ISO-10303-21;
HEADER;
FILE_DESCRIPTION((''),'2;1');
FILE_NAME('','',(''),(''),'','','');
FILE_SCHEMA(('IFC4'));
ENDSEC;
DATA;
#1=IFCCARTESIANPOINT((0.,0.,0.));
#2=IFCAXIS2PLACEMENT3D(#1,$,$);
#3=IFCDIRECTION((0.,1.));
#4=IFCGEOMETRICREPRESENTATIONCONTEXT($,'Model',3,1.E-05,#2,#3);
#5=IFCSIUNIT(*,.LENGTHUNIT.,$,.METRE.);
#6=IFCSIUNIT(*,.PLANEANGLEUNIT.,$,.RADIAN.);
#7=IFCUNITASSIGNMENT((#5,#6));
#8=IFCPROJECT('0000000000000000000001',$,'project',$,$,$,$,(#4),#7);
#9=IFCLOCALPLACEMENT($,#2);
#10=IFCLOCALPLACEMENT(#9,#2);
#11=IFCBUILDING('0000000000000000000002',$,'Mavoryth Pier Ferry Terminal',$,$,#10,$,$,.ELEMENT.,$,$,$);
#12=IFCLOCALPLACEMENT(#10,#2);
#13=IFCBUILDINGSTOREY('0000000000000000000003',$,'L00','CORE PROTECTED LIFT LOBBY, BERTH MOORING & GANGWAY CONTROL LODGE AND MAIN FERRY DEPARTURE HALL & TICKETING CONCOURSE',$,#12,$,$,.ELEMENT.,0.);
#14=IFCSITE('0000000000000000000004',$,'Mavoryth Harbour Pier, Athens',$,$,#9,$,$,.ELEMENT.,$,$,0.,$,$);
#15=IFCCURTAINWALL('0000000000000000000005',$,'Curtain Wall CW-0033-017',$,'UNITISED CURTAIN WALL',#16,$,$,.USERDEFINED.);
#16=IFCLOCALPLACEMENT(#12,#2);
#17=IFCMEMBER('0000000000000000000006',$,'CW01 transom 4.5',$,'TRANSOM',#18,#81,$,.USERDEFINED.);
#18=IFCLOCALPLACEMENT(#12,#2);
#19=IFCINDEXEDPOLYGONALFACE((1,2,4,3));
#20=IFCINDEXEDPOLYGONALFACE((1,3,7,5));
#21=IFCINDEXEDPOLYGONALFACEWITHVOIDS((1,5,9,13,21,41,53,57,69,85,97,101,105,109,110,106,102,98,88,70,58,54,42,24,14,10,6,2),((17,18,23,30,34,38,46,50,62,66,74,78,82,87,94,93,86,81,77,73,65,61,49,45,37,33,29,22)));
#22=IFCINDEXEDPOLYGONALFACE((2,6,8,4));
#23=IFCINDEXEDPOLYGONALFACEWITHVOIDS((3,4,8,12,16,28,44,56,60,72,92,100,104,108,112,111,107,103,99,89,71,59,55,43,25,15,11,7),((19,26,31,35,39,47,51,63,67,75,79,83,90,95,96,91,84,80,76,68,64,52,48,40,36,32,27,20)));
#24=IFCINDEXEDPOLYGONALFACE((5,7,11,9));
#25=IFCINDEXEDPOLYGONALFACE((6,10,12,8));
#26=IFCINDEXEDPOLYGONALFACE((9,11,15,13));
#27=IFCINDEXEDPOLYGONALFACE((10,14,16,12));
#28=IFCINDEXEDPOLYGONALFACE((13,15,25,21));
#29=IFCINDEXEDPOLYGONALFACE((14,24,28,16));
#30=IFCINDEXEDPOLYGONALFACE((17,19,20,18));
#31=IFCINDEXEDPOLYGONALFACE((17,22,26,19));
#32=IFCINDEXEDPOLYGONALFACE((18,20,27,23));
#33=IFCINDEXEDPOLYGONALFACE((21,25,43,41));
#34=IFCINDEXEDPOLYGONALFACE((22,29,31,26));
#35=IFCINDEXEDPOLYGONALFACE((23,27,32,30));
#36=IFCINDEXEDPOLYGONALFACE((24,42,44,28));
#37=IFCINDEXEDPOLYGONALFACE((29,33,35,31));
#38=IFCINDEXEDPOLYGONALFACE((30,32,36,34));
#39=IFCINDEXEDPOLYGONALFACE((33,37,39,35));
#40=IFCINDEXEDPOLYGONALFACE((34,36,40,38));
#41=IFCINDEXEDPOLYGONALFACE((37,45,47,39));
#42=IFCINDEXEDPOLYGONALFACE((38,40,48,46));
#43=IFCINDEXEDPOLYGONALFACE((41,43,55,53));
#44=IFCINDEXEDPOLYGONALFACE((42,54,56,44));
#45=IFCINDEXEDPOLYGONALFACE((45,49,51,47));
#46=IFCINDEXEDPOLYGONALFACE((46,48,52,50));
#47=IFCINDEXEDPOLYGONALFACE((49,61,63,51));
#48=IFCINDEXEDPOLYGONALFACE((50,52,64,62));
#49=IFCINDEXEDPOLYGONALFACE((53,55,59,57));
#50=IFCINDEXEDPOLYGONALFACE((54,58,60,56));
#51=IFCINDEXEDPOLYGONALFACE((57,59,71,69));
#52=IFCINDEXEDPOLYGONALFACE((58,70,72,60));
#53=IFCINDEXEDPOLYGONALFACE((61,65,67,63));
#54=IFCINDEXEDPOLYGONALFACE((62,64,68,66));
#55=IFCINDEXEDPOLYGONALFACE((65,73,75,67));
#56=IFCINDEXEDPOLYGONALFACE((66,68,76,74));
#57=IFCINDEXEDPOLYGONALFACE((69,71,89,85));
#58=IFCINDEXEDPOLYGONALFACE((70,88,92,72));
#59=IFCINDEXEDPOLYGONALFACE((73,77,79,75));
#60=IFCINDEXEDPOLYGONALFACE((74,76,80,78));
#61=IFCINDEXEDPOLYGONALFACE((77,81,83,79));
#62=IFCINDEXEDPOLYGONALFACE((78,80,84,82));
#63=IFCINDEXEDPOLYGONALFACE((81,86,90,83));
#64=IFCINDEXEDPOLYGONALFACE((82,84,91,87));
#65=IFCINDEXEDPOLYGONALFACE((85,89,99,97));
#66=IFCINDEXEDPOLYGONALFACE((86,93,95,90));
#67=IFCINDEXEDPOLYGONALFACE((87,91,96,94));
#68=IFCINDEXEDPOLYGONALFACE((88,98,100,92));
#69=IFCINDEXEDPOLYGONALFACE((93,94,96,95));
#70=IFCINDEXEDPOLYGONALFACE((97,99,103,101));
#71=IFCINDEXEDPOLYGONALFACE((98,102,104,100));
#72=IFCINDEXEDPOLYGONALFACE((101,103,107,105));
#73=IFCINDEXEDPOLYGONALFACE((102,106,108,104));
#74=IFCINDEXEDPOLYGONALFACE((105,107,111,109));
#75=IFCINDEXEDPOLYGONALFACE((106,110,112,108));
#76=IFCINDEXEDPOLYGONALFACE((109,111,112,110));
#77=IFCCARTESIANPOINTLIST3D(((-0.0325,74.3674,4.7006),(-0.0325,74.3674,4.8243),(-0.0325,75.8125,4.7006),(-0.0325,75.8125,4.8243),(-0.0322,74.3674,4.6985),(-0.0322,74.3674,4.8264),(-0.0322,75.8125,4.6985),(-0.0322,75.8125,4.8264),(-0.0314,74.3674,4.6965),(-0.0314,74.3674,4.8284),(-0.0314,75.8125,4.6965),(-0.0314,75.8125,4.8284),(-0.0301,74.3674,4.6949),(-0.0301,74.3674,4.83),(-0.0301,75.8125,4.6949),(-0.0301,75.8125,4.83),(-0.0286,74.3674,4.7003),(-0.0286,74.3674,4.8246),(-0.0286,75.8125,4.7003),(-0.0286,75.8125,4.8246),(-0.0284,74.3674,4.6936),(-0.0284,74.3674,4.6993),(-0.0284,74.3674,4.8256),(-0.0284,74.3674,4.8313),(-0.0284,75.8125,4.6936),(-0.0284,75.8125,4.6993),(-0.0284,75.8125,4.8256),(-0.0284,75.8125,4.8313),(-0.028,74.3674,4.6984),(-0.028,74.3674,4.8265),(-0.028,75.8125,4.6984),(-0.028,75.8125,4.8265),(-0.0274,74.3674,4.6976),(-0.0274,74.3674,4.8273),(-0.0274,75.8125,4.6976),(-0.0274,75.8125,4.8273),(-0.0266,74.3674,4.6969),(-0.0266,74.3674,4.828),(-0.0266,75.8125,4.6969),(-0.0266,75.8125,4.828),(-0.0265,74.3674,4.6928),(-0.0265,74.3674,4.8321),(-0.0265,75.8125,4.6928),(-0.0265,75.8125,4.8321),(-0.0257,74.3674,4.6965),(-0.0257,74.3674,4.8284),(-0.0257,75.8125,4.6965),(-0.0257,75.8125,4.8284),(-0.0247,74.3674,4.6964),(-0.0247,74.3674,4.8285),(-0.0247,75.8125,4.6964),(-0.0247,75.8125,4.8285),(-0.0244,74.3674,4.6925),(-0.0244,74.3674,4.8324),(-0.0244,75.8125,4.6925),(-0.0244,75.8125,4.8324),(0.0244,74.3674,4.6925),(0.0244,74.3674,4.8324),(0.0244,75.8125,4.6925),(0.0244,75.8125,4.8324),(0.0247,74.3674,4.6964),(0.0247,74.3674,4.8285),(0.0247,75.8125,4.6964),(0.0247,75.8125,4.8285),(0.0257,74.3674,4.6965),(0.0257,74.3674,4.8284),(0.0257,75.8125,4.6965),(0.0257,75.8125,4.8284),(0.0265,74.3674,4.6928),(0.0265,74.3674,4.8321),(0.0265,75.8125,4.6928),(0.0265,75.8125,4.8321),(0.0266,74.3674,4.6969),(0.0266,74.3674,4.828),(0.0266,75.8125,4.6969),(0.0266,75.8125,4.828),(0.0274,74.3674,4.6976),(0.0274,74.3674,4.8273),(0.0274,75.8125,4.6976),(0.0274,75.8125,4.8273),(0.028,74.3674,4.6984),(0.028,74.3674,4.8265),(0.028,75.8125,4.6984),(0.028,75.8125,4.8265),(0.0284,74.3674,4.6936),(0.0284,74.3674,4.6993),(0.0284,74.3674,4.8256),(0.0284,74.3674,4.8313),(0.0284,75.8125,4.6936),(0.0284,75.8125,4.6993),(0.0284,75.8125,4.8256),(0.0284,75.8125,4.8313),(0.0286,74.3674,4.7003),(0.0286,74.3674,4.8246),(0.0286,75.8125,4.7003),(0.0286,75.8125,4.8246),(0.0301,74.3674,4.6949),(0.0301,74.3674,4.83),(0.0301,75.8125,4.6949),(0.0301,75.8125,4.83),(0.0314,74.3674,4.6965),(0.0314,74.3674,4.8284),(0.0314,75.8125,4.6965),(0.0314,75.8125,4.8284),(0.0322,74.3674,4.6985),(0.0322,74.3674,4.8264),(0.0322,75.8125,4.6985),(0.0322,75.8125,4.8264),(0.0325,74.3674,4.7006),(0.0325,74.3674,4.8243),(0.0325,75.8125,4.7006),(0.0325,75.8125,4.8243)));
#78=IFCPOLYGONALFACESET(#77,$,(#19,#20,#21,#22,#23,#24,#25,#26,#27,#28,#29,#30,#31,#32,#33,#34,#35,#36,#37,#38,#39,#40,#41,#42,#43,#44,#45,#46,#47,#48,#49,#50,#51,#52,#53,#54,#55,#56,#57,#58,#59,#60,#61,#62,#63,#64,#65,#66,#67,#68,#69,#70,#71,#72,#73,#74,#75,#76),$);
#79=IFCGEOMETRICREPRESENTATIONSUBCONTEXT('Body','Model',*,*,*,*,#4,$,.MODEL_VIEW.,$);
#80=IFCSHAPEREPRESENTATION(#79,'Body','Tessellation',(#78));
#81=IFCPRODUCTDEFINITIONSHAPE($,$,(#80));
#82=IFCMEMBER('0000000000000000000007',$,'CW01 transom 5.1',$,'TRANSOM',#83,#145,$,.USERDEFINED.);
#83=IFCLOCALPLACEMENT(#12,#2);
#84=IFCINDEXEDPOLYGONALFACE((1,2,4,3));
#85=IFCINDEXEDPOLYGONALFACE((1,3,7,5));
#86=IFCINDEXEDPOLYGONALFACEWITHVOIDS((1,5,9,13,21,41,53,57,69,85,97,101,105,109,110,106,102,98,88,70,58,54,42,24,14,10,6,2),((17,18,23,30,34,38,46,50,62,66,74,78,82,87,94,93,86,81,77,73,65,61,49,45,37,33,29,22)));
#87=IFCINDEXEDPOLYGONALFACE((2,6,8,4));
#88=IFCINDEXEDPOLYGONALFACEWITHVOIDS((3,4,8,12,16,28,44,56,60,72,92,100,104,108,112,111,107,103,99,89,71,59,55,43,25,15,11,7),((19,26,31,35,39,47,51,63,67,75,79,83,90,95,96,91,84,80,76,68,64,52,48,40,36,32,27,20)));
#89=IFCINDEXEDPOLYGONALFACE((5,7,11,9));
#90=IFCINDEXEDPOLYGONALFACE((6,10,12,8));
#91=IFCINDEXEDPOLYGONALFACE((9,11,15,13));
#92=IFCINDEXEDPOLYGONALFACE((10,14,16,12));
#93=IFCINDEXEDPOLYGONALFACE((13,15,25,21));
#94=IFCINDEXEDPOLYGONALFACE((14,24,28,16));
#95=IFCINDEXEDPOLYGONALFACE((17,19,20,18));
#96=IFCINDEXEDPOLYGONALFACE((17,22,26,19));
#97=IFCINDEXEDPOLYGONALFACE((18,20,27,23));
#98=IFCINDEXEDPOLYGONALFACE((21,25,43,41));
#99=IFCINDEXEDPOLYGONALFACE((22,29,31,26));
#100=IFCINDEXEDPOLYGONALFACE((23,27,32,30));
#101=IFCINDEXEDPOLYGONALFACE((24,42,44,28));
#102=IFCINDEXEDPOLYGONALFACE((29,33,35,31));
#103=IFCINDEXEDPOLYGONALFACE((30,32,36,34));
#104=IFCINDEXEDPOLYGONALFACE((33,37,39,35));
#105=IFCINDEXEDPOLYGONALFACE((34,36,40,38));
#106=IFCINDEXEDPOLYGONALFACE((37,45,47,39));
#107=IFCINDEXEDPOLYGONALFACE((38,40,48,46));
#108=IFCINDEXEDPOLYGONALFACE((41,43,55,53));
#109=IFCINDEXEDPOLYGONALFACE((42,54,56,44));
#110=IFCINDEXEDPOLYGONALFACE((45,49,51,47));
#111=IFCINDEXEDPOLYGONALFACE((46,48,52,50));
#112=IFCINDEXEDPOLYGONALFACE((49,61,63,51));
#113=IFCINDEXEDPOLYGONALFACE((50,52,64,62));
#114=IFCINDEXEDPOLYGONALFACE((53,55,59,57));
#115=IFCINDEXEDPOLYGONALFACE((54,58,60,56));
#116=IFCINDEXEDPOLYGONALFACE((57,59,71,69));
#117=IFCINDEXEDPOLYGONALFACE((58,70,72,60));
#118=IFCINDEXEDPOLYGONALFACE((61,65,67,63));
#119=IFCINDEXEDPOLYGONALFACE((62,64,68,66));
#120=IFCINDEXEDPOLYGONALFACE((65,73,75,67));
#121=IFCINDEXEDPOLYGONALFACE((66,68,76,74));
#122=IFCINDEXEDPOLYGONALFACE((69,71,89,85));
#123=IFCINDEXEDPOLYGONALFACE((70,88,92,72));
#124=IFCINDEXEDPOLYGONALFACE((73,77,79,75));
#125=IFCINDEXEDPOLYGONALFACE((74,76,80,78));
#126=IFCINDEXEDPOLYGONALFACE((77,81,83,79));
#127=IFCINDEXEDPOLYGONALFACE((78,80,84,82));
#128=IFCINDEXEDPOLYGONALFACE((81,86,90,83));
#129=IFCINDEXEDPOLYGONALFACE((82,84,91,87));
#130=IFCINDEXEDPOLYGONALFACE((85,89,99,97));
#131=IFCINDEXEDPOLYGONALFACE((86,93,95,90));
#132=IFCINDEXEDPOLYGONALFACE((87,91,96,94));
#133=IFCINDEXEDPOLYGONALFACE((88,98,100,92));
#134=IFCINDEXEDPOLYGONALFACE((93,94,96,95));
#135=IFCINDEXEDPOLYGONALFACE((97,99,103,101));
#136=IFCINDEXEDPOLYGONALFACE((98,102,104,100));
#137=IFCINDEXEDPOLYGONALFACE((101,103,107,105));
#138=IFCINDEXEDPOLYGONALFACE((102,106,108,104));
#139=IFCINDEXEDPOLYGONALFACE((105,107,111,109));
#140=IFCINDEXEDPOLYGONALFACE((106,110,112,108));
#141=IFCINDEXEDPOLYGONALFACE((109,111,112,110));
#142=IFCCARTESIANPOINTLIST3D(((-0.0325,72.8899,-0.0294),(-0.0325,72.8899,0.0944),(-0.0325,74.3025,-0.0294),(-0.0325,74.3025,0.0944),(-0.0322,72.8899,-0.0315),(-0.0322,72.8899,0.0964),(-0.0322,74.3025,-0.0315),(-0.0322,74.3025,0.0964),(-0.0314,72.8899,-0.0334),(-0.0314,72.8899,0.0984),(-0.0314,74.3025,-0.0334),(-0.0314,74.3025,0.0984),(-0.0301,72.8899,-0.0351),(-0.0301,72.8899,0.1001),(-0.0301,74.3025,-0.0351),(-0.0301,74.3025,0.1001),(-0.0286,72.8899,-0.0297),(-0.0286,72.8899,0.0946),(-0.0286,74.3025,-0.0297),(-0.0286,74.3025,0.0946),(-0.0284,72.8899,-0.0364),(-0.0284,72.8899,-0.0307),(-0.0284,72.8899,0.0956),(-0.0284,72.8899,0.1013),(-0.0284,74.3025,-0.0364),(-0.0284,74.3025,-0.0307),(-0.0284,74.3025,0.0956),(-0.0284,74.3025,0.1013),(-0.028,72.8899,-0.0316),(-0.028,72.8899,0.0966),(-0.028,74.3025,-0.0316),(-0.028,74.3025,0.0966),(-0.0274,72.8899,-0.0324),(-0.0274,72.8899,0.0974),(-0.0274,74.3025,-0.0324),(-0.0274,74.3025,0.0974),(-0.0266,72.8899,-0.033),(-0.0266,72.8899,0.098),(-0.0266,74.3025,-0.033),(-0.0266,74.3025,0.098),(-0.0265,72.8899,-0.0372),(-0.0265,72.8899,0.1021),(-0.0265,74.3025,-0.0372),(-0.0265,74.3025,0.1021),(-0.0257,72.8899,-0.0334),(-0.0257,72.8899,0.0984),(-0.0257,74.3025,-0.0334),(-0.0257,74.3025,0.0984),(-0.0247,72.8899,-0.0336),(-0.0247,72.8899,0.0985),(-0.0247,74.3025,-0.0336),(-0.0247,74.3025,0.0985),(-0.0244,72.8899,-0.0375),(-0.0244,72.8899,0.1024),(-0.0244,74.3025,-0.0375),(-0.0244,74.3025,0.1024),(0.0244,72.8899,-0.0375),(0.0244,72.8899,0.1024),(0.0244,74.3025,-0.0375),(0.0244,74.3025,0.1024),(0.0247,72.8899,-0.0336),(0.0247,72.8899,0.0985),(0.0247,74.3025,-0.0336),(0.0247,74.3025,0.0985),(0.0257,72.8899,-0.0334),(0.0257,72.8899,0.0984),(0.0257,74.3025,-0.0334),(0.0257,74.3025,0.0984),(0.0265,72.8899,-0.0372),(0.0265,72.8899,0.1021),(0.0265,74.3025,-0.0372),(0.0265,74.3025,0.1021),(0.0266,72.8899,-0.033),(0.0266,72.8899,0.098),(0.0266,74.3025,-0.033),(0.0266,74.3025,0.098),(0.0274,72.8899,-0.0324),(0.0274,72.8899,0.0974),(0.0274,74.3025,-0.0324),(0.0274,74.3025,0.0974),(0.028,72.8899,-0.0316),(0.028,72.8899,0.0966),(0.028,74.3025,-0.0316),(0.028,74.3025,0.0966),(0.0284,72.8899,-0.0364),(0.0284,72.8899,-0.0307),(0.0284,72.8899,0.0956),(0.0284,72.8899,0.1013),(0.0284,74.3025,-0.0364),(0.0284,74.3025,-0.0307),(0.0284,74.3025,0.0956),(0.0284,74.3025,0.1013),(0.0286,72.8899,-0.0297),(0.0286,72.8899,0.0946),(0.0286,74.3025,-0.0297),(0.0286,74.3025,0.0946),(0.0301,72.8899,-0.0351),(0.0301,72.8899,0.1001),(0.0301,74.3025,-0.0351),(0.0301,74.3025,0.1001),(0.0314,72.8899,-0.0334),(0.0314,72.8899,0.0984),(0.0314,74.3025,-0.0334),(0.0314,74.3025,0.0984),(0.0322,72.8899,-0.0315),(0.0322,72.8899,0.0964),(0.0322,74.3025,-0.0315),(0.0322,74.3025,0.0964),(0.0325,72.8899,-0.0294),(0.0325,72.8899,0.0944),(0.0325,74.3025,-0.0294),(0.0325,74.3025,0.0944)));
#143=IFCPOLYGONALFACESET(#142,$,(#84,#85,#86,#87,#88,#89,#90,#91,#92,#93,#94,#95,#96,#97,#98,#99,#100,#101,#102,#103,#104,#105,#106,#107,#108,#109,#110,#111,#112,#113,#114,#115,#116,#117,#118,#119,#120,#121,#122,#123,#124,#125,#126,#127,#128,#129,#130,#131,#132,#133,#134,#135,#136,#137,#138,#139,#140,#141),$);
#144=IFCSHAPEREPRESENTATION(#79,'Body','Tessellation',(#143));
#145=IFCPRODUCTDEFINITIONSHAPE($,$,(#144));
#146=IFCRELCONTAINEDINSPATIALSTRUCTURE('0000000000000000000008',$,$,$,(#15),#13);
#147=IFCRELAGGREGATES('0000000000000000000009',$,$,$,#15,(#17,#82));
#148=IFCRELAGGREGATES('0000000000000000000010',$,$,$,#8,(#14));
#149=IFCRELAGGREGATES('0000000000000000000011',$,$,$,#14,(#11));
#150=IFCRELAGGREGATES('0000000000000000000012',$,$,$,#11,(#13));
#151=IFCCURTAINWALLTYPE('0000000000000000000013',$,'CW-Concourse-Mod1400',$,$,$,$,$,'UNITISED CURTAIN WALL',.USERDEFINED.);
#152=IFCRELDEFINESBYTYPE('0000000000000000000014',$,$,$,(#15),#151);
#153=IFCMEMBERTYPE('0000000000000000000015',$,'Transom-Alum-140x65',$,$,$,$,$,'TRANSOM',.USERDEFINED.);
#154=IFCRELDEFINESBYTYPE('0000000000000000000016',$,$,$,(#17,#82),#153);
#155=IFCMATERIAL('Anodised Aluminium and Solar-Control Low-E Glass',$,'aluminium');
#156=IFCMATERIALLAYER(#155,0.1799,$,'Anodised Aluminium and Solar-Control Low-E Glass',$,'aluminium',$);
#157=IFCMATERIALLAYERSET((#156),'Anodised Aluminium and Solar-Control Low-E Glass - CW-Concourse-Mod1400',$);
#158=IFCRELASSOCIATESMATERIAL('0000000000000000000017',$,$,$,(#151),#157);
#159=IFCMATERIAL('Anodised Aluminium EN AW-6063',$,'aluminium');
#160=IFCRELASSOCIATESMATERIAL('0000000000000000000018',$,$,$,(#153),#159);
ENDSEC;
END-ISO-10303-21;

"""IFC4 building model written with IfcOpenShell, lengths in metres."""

from ifc_helpers import new_model, si_unit, direction, frame, origin, origin_2d, place, context, subcontext, project, spatial, hollow_rectangle, extrude, material, layer, layer_set, material_profile, profile_set, type_object, element, aggregate, save


model = new_model("IFC4")

# Units and contexts
model_context = context("Model", 3, precision=1e-05, world=origin(), true_north=direction((0.0, 1.0)))
body_context = subcontext(model_context, "Body", "Model", "MODEL_VIEW")
ifc_project = project(units=[si_unit("LENGTHUNIT", "METRE"), si_unit("PLANEANGLEUNIT", "RADIAN")], contexts=[model_context])

# Site, building, storey
site_placement = place(None, origin())
site = spatial("IfcSite", under=ifc_project, at=site_placement, Name="Mavoryth Harbour Pier, Athens", CompositionType="ELEMENT", RefElevation=0.0)
building_placement = place(site_placement, origin())
building = spatial("IfcBuilding", under=site, at=building_placement, Name="Mavoryth Pier Ferry Terminal", CompositionType="ELEMENT")
storey_placement = place(building_placement, origin())
storey = spatial("IfcBuildingStorey", under=building, at=storey_placement, Name="L00", Description="CORE PROTECTED LIFT LOBBY, BERTH MOORING & GANGWAY CONTROL LODGE AND MAIN FERRY DEPARTURE HALL & TICKETING CONCOURSE", CompositionType="ELEMENT", Elevation=0.0)

# Curtain wall, members
ifc_material_1 = material(Name="Anodised Aluminium and Solar-Control Low-E Glass", Category="aluminium")
ifc_layer_1 = layer(ifc_material_1, 0.1799, Name="Anodised Aluminium and Solar-Control Low-E Glass", Category="aluminium")
ifc_layer_set_1 = layer_set([ifc_layer_1], Name="Anodised Aluminium and Solar-Control Low-E Glass - CW-Concourse-Mod1400")
curtain_wall_type = type_object("IfcCurtainWallType", Name="CW-Concourse-Mod1400", ElementType="UNITISED CURTAIN WALL", PredefinedType="USERDEFINED", material=ifc_layer_set_1)
curtain_wall_placement = place(storey_placement, origin())
curtain_wall = element("IfcCurtainWall", 1, at=curtain_wall_placement, inside=storey, type_object=curtain_wall_type, Name="Curtain Wall CW-0033-017", ObjectType="UNITISED CURTAIN WALL", PredefinedType="USERDEFINED")
ifc_material_2 = material(Name="Anodised Aluminium EN AW-6063", Category="aluminium")
ifc_material_profile_1 = material_profile(ifc_material_2, hollow_rectangle(XDim=0.0649, YDim=0.1399, WallThickness=0.0039, InnerFilletRadius=0.0039, OuterFilletRadius=0.0081, at=origin_2d()), Name="AL-TRAN 140x65x4", Category="aluminium")
ifc_profile_set_1 = profile_set([ifc_material_profile_1], Name="Anodised Aluminium EN AW-6063 - AL-TRAN 140x65x4")
member_type_1 = type_object("IfcMemberType", Name="Transom-Alum-140x65", ElementType="TRANSOM", PredefinedType="USERDEFINED", material=ifc_profile_set_1)
member_1_placement = place(storey_placement, frame((0.0, 75.8125, 4.7625), z_axis=(0.0, -1.0, 0.0), x_axis=(1.0, 0.0, 0.0)))
member_1 = element("IfcMember", 2, at=member_1_placement, type_object=member_type_1, Name="CW01 transom 4.5", ObjectType="TRANSOM", PredefinedType="USERDEFINED", context=body_context, shape_type="SweptSolid", body=[
    extrude(hollow_rectangle(XDim=0.0649, YDim=0.1399, WallThickness=0.0039, InnerFilletRadius=0.0039, OuterFilletRadius=0.0081, at=origin_2d()), origin(), (0.0, 0.0, 1.0), 1.4451),
])
member_2_placement = place(storey_placement, frame((0.0, 74.3025, 0.0325), z_axis=(0.0, -1.0, 0.0), x_axis=(1.0, 0.0, 0.0)))
member_2 = element("IfcMember", 3, at=member_2_placement, type_object=member_type_1, Name="CW01 transom 5.1", ObjectType="TRANSOM", PredefinedType="USERDEFINED", context=body_context, shape_type="SweptSolid", body=[
    extrude(hollow_rectangle(XDim=0.0649, YDim=0.1399, WallThickness=0.0039, InnerFilletRadius=0.0039, OuterFilletRadius=0.0081, at=origin_2d()), origin(), (0.0, 0.0, 1.0), 1.4126),
])
aggregate(curtain_wall, [member_1, member_2])

save(model, "model.ifc")
